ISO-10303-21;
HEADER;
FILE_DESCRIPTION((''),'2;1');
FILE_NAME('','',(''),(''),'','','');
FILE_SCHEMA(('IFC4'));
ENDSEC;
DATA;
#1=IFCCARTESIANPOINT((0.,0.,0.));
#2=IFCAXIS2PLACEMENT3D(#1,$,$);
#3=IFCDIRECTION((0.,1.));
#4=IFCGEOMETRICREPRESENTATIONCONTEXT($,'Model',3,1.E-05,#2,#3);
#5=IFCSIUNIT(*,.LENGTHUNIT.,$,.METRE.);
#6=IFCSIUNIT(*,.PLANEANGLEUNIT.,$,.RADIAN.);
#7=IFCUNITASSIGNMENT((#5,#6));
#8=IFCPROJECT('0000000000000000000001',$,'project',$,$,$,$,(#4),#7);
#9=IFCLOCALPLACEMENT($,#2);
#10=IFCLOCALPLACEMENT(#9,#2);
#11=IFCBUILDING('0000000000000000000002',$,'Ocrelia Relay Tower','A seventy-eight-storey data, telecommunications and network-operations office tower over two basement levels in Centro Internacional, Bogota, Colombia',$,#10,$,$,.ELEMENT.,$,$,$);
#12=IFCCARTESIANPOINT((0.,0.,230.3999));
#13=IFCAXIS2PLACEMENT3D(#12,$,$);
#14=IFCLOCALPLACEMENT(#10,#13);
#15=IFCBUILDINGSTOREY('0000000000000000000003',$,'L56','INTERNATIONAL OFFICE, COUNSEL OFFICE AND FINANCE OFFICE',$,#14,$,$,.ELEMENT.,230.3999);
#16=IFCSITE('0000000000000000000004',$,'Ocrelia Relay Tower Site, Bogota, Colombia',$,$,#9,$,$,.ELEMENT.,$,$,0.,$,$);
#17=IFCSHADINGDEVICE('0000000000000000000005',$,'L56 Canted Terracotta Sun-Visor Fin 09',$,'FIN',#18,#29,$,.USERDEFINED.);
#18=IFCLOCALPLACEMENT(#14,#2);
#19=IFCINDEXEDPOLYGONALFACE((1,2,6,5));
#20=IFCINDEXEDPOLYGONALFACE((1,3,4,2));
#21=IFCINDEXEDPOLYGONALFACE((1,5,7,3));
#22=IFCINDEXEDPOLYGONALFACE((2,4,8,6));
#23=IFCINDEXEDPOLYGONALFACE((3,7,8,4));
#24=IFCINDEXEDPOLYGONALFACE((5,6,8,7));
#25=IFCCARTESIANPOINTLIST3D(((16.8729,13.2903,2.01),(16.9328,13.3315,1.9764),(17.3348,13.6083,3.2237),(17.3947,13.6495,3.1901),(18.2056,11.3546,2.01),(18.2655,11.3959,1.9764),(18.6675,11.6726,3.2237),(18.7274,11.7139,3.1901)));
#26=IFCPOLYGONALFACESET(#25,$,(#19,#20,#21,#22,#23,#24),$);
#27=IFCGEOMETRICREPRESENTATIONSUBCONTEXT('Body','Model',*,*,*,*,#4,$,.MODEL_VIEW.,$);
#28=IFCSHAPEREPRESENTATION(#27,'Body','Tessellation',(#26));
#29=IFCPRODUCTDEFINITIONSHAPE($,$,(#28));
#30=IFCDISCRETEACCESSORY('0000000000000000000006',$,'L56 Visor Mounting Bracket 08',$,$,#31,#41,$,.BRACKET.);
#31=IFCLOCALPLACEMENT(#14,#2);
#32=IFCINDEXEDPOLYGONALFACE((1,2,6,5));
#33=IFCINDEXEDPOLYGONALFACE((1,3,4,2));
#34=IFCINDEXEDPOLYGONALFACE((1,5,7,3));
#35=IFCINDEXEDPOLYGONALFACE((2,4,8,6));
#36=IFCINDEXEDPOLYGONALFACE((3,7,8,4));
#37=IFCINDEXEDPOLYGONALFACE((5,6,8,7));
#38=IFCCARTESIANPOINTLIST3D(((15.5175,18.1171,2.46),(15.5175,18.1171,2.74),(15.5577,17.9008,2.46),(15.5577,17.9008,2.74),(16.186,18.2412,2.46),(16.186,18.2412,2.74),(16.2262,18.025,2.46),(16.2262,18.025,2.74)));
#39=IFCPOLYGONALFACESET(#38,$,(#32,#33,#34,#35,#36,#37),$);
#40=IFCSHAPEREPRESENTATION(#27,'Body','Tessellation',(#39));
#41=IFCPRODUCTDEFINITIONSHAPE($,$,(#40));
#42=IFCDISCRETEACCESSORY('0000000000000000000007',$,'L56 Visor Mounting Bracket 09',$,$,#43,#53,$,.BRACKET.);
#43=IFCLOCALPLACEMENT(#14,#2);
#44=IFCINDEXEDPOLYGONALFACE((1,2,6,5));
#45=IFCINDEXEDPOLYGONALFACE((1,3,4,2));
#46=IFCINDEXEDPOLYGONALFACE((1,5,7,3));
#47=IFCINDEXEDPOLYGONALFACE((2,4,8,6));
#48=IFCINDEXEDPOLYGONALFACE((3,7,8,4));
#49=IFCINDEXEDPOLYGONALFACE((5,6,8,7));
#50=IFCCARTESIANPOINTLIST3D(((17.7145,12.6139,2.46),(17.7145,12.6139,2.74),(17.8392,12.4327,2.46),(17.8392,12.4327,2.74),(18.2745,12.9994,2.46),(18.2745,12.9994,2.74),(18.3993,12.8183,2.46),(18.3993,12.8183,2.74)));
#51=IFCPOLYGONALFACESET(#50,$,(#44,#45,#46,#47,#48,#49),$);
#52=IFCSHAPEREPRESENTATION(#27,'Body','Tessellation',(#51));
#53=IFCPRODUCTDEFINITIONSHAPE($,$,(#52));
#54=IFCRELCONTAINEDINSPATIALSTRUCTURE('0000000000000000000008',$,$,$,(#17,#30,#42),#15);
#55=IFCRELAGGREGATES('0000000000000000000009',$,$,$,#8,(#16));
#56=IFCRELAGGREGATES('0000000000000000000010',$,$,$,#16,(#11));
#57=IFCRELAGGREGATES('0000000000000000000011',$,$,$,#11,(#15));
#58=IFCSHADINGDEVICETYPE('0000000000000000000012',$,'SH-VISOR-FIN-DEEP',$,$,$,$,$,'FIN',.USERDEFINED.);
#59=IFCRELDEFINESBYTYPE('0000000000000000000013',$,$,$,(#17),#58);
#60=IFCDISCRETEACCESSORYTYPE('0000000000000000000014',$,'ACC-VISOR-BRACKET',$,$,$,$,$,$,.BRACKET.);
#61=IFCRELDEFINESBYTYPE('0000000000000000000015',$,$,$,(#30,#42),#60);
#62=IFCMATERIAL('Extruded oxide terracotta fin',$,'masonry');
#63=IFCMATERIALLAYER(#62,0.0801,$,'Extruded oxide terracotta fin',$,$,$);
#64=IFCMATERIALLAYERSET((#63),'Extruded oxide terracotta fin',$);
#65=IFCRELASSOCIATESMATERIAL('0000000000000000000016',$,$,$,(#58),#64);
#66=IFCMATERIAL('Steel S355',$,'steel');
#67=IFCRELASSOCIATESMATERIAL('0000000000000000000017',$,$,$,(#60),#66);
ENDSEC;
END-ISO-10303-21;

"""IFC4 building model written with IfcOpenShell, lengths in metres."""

from ifc_helpers import new_model, si_unit, direction, frame, origin, origin_2d, place, context, subcontext, project, spatial, rectangle, extrude, material, layer, layer_set, type_object, element, save


model = new_model("IFC4")

# Units and contexts
model_context = context("Model", 3, precision=1e-05, world=origin(), true_north=direction((0.0, 1.0)))
body_context = subcontext(model_context, "Body", "Model", "MODEL_VIEW")
ifc_project = project(units=[si_unit("LENGTHUNIT", "METRE"), si_unit("PLANEANGLEUNIT", "RADIAN")], contexts=[model_context])

# Site, building, storey
site_placement = place(None, origin())
site = spatial("IfcSite", under=ifc_project, at=site_placement, Name="Ocrelia Relay Tower Site, Bogota, Colombia", CompositionType="ELEMENT", RefElevation=0.0)
building_placement = place(site_placement, origin())
building = spatial("IfcBuilding", under=site, at=building_placement, Name="Ocrelia Relay Tower", Description="A seventy-eight-storey data, telecommunications and network-operations office tower over two basement levels in Centro Internacional, Bogota, Colombia", CompositionType="ELEMENT")
storey_placement = place(building_placement, frame((0.0, 0.0, 230.3999)))
storey = spatial("IfcBuildingStorey", under=building, at=storey_placement, Name="L56", Description="INTERNATIONAL OFFICE, COUNSEL OFFICE AND FINANCE OFFICE", CompositionType="ELEMENT", Elevation=230.3999)

# Shared definitions
ifc_material_1 = material(Name="Steel S355", Category="steel")

# Shading device
ifc_material_2 = material(Name="Extruded oxide terracotta fin", Category="masonry")
ifc_layer_1 = layer(ifc_material_2, 0.0801, Name="Extruded oxide terracotta fin")
ifc_layer_set_1 = layer_set([ifc_layer_1], Name="Extruded oxide terracotta fin")
shading_device_type_1 = type_object("IfcShadingDeviceType", Name="SH-VISOR-FIN-DEEP", ElementType="FIN", PredefinedType="USERDEFINED", material=ifc_layer_set_1)
shading_device_1_placement = place(storey_placement, frame((17.8301, 12.5227, 2.5833), z_axis=(-0.747698, -0.514789, 0.419452), x_axis=(0.567087, -0.823658, 0.0)))
element("IfcShadingDevice", 1, at=shading_device_1_placement, inside=storey, type_object=shading_device_type_1, Name="L56 Canted Terracotta Sun-Visor Fin 09", ObjectType="FIN", PredefinedType="USERDEFINED", context=body_context, shape_type="SweptSolid", body=[
    extrude(rectangle(XDim=2.3501, YDim=1.3369, at=origin_2d()), origin(), (0.0, 0.0, 1.0), 0.0801),
])

# Discrete accessories
discrete_accessory_type = type_object("IfcDiscreteAccessoryType", Name="ACC-VISOR-BRACKET", PredefinedType="BRACKET", material=ifc_material_1)
for number, where, z_axis, x_axis, name in (
    (2, (15.8718, 18.071, 2.46), (0.0, 0.0, 1.0), (0.182551, -0.983196, 0.0), "L56 Visor Mounting Bracket 08"),
    (3, (18.0569, 12.7161, 2.46), (0.0, 0.0, 1.0), (0.567087, -0.823658, 0.0), "L56 Visor Mounting Bracket 09"),
):
    element("IfcDiscreteAccessory", number, at=place(storey_placement, frame(where, z_axis=z_axis, x_axis=x_axis)), inside=storey, type_object=discrete_accessory_type, Name=name, PredefinedType="BRACKET", context=body_context, shape_type="SweptSolid", body=[
        extrude(rectangle(XDim=0.22, YDim=0.6799, at=origin_2d()), origin(), (0.0, 0.0, 1.0), 0.28),
    ])

save(model, "model.ifc")
